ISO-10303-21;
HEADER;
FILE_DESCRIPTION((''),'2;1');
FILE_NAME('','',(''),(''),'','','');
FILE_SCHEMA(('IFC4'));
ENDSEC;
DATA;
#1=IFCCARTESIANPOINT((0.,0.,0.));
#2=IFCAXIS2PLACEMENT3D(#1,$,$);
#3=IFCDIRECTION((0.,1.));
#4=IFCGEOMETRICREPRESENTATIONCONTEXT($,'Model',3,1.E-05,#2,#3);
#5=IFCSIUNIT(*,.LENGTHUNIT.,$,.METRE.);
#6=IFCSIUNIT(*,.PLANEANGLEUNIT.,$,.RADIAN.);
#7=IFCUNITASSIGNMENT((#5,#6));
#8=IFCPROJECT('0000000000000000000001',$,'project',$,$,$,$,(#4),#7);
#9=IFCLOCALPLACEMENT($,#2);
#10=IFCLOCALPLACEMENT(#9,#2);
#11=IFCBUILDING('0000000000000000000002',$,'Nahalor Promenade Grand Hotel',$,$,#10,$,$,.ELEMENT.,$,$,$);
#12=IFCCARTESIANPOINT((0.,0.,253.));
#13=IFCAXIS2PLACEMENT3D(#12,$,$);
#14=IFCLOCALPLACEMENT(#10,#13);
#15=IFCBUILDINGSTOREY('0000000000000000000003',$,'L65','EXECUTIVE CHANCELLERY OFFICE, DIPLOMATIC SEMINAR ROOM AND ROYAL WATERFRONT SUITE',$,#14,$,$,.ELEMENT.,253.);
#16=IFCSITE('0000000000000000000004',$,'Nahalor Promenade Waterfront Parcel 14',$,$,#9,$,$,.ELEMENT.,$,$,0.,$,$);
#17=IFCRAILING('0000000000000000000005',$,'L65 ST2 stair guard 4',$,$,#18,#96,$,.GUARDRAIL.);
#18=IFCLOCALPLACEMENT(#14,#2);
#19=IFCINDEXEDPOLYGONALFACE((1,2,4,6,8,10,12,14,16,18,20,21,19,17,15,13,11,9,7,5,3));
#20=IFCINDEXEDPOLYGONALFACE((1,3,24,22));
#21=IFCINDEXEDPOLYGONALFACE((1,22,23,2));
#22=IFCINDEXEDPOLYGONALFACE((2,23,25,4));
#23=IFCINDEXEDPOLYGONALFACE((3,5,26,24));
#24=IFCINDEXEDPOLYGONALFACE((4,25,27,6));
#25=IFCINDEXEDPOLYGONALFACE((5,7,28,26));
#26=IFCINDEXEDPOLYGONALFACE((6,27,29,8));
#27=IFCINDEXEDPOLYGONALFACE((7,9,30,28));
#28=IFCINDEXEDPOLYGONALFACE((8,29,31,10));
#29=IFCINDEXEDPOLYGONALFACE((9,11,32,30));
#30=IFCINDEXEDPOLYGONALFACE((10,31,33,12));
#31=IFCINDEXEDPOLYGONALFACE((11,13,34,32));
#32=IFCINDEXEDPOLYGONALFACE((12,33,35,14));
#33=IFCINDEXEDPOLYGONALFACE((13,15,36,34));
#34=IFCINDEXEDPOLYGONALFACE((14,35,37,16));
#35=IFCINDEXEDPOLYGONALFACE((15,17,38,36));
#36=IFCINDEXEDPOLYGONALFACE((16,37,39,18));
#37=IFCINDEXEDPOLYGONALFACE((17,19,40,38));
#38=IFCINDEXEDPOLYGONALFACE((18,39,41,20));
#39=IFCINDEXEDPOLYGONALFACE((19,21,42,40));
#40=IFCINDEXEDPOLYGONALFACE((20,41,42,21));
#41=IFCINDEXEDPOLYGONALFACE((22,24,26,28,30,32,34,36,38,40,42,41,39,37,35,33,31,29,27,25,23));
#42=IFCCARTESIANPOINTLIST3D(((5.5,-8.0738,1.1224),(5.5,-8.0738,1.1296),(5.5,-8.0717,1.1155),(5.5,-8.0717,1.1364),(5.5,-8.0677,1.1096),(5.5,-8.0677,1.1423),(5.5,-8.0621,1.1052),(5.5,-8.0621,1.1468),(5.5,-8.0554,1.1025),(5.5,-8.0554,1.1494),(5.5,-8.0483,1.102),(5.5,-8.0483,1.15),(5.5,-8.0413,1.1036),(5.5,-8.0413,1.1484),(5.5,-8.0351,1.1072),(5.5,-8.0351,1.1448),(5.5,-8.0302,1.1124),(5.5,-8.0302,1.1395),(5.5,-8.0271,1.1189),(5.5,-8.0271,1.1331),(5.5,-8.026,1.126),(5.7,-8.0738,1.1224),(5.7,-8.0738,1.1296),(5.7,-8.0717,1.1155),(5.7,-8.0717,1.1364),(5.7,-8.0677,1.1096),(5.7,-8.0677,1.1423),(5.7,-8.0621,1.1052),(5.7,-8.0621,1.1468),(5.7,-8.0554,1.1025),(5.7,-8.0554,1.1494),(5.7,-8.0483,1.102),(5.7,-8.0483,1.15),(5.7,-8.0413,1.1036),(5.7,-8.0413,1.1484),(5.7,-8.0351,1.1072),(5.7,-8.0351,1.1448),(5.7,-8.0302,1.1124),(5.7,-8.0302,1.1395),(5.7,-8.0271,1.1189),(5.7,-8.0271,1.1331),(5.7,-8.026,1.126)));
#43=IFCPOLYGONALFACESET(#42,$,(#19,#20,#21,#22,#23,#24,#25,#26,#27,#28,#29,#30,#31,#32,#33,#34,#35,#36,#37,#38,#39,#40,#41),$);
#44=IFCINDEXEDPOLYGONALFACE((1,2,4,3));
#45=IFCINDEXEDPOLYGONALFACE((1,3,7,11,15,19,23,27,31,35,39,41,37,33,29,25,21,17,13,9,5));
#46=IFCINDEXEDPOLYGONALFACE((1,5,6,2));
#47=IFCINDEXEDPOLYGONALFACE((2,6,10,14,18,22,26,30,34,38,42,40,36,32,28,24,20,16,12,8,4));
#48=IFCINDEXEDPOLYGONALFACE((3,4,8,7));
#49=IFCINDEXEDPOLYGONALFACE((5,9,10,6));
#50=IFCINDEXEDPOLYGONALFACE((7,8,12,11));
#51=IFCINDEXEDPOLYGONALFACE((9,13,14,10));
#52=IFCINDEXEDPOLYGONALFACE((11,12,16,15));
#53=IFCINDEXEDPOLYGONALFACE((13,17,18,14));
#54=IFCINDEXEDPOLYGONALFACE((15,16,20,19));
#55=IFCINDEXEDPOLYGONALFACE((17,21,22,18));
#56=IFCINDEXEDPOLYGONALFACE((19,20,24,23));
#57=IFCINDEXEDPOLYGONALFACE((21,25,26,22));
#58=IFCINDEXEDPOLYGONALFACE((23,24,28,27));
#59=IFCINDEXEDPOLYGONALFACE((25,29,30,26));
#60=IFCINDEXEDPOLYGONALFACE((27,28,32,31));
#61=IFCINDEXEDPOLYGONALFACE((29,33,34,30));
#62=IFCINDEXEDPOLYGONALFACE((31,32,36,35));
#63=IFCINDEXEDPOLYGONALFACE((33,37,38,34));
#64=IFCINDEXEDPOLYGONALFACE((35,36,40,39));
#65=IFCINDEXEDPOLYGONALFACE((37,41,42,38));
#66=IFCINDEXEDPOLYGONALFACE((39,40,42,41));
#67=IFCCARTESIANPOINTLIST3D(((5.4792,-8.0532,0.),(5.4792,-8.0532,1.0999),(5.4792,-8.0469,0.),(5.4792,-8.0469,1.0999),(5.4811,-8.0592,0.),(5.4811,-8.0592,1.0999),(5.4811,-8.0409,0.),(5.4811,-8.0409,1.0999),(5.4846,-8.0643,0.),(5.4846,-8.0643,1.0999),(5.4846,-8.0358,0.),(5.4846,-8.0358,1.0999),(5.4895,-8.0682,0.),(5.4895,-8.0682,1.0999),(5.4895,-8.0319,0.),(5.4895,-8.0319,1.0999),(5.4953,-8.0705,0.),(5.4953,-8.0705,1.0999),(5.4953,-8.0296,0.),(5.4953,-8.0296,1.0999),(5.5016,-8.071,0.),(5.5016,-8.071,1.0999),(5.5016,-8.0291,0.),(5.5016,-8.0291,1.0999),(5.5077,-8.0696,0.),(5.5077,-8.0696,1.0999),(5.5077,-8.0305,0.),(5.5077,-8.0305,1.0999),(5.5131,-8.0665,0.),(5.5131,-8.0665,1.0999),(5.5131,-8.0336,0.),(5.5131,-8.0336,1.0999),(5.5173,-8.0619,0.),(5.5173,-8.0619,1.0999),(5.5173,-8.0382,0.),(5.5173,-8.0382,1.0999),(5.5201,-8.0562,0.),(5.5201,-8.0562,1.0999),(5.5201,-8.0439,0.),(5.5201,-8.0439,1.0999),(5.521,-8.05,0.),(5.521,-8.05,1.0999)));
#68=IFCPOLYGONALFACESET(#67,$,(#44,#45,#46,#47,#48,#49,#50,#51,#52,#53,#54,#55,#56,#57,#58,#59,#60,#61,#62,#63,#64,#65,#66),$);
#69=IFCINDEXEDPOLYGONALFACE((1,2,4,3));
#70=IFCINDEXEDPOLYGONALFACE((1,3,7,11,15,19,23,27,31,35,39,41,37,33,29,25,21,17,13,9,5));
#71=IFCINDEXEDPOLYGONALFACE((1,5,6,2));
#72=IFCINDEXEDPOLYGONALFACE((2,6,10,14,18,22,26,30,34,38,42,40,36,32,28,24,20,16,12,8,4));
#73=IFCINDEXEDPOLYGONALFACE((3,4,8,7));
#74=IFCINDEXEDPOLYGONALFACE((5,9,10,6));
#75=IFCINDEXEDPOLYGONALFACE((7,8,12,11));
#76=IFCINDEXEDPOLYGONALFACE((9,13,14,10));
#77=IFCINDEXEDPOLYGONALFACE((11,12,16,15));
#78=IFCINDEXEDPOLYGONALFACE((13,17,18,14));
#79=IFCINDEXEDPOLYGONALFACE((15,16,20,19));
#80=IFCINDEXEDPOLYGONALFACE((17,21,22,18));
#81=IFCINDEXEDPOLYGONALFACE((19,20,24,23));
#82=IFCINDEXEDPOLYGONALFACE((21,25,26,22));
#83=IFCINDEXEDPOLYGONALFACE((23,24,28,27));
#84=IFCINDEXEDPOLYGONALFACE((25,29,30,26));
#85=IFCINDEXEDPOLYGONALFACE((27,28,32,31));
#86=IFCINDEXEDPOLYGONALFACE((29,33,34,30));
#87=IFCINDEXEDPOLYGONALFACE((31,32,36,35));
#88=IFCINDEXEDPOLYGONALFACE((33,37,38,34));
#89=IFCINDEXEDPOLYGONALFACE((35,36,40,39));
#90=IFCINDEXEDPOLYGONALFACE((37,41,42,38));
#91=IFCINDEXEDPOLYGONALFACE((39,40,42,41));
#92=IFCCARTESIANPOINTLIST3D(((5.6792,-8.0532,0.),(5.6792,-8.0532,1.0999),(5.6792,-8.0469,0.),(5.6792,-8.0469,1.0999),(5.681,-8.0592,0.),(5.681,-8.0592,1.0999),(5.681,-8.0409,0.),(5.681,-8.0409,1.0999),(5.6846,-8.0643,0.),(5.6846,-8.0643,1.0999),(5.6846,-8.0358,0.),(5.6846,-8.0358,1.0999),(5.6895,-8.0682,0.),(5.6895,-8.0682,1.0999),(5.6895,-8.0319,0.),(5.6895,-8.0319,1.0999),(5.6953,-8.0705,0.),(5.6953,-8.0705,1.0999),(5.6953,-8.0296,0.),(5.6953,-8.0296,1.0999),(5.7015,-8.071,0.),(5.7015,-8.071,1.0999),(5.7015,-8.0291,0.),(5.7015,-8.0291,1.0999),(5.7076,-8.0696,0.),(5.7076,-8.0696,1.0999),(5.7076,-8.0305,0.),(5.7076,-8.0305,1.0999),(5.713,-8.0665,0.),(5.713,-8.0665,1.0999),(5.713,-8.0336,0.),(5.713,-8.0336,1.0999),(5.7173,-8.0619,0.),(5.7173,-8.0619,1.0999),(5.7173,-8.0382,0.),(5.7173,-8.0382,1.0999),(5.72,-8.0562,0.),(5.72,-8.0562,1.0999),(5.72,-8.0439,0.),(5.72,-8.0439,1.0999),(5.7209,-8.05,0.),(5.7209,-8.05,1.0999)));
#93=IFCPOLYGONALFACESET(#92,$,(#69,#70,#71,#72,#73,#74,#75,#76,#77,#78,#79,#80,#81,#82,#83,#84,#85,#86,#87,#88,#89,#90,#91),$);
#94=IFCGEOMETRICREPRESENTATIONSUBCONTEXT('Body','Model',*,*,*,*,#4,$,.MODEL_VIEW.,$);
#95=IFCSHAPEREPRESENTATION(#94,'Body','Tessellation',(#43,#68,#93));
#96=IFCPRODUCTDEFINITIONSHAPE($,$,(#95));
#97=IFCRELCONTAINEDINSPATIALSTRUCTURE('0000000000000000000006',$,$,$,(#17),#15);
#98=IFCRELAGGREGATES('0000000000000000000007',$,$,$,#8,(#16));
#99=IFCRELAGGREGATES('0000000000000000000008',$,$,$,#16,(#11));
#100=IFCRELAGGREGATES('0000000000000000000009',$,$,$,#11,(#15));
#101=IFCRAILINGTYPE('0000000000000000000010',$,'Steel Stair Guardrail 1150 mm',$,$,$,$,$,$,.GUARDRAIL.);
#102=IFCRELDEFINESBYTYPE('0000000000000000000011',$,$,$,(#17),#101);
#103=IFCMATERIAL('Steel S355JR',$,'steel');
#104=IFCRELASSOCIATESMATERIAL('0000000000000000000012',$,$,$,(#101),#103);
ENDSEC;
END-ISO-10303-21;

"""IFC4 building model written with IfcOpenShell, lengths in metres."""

from ifc_helpers import new_model, si_unit, direction, frame, origin, origin_2d, place, context, subcontext, project, spatial, circle, extrude, material, type_object, element, save


model = new_model("IFC4")

# Units and contexts
model_context = context("Model", 3, precision=1e-05, world=origin(), true_north=direction((0.0, 1.0)))
body_context = subcontext(model_context, "Body", "Model", "MODEL_VIEW")
ifc_project = project(units=[si_unit("LENGTHUNIT", "METRE"), si_unit("PLANEANGLEUNIT", "RADIAN")], contexts=[model_context])

# Site, building, storey
site_placement = place(None, origin())
site = spatial("IfcSite", under=ifc_project, at=site_placement, Name="Nahalor Promenade Waterfront Parcel 14", CompositionType="ELEMENT", RefElevation=0.0)
building_placement = place(site_placement, origin())
building = spatial("IfcBuilding", under=site, at=building_placement, Name="Nahalor Promenade Grand Hotel", CompositionType="ELEMENT")
storey_placement = place(building_placement, frame((0.0, 0.0, 253.0)))
storey = spatial("IfcBuildingStorey", under=building, at=storey_placement, Name="L65", Description="EXECUTIVE CHANCELLERY OFFICE, DIPLOMATIC SEMINAR ROOM AND ROYAL WATERFRONT SUITE", CompositionType="ELEMENT", Elevation=253.0)

# Shared definitions
ifc_material_1 = material(Name="Steel S355JR", Category="steel")

# Railing
railing_type_1 = type_object("IfcRailingType", Name="Steel Stair Guardrail 1150 mm", PredefinedType="GUARDRAIL", material=ifc_material_1)
railing_1_placement = place(storey_placement, frame((5.5, -8.05, 0.0)))
element("IfcRailing", 1, at=railing_1_placement, inside=storey, type_object=railing_type_1, Name="L65 ST2 stair guard 4", PredefinedType="GUARDRAIL", context=body_context, shape_type="SweptSolid", body=[
    extrude(circle(Radius=0.024, at=origin_2d()), frame((0.0, 0.0, 1.126), z_axis=(1.0, 0.0, 0.0), x_axis=(0.0, 1.0, 0.0)), (0.0, 0.0, 1.0), 0.2),
    extrude(circle(Radius=0.021, at=origin_2d()), origin(), (0.0, 0.0, 1.0), 1.0999),
    extrude(circle(Radius=0.021, at=origin_2d()), frame((0.2, 0.0, 0.0)), (0.0, 0.0, 1.0), 1.0999),
])

save(model, "model.ifc")
